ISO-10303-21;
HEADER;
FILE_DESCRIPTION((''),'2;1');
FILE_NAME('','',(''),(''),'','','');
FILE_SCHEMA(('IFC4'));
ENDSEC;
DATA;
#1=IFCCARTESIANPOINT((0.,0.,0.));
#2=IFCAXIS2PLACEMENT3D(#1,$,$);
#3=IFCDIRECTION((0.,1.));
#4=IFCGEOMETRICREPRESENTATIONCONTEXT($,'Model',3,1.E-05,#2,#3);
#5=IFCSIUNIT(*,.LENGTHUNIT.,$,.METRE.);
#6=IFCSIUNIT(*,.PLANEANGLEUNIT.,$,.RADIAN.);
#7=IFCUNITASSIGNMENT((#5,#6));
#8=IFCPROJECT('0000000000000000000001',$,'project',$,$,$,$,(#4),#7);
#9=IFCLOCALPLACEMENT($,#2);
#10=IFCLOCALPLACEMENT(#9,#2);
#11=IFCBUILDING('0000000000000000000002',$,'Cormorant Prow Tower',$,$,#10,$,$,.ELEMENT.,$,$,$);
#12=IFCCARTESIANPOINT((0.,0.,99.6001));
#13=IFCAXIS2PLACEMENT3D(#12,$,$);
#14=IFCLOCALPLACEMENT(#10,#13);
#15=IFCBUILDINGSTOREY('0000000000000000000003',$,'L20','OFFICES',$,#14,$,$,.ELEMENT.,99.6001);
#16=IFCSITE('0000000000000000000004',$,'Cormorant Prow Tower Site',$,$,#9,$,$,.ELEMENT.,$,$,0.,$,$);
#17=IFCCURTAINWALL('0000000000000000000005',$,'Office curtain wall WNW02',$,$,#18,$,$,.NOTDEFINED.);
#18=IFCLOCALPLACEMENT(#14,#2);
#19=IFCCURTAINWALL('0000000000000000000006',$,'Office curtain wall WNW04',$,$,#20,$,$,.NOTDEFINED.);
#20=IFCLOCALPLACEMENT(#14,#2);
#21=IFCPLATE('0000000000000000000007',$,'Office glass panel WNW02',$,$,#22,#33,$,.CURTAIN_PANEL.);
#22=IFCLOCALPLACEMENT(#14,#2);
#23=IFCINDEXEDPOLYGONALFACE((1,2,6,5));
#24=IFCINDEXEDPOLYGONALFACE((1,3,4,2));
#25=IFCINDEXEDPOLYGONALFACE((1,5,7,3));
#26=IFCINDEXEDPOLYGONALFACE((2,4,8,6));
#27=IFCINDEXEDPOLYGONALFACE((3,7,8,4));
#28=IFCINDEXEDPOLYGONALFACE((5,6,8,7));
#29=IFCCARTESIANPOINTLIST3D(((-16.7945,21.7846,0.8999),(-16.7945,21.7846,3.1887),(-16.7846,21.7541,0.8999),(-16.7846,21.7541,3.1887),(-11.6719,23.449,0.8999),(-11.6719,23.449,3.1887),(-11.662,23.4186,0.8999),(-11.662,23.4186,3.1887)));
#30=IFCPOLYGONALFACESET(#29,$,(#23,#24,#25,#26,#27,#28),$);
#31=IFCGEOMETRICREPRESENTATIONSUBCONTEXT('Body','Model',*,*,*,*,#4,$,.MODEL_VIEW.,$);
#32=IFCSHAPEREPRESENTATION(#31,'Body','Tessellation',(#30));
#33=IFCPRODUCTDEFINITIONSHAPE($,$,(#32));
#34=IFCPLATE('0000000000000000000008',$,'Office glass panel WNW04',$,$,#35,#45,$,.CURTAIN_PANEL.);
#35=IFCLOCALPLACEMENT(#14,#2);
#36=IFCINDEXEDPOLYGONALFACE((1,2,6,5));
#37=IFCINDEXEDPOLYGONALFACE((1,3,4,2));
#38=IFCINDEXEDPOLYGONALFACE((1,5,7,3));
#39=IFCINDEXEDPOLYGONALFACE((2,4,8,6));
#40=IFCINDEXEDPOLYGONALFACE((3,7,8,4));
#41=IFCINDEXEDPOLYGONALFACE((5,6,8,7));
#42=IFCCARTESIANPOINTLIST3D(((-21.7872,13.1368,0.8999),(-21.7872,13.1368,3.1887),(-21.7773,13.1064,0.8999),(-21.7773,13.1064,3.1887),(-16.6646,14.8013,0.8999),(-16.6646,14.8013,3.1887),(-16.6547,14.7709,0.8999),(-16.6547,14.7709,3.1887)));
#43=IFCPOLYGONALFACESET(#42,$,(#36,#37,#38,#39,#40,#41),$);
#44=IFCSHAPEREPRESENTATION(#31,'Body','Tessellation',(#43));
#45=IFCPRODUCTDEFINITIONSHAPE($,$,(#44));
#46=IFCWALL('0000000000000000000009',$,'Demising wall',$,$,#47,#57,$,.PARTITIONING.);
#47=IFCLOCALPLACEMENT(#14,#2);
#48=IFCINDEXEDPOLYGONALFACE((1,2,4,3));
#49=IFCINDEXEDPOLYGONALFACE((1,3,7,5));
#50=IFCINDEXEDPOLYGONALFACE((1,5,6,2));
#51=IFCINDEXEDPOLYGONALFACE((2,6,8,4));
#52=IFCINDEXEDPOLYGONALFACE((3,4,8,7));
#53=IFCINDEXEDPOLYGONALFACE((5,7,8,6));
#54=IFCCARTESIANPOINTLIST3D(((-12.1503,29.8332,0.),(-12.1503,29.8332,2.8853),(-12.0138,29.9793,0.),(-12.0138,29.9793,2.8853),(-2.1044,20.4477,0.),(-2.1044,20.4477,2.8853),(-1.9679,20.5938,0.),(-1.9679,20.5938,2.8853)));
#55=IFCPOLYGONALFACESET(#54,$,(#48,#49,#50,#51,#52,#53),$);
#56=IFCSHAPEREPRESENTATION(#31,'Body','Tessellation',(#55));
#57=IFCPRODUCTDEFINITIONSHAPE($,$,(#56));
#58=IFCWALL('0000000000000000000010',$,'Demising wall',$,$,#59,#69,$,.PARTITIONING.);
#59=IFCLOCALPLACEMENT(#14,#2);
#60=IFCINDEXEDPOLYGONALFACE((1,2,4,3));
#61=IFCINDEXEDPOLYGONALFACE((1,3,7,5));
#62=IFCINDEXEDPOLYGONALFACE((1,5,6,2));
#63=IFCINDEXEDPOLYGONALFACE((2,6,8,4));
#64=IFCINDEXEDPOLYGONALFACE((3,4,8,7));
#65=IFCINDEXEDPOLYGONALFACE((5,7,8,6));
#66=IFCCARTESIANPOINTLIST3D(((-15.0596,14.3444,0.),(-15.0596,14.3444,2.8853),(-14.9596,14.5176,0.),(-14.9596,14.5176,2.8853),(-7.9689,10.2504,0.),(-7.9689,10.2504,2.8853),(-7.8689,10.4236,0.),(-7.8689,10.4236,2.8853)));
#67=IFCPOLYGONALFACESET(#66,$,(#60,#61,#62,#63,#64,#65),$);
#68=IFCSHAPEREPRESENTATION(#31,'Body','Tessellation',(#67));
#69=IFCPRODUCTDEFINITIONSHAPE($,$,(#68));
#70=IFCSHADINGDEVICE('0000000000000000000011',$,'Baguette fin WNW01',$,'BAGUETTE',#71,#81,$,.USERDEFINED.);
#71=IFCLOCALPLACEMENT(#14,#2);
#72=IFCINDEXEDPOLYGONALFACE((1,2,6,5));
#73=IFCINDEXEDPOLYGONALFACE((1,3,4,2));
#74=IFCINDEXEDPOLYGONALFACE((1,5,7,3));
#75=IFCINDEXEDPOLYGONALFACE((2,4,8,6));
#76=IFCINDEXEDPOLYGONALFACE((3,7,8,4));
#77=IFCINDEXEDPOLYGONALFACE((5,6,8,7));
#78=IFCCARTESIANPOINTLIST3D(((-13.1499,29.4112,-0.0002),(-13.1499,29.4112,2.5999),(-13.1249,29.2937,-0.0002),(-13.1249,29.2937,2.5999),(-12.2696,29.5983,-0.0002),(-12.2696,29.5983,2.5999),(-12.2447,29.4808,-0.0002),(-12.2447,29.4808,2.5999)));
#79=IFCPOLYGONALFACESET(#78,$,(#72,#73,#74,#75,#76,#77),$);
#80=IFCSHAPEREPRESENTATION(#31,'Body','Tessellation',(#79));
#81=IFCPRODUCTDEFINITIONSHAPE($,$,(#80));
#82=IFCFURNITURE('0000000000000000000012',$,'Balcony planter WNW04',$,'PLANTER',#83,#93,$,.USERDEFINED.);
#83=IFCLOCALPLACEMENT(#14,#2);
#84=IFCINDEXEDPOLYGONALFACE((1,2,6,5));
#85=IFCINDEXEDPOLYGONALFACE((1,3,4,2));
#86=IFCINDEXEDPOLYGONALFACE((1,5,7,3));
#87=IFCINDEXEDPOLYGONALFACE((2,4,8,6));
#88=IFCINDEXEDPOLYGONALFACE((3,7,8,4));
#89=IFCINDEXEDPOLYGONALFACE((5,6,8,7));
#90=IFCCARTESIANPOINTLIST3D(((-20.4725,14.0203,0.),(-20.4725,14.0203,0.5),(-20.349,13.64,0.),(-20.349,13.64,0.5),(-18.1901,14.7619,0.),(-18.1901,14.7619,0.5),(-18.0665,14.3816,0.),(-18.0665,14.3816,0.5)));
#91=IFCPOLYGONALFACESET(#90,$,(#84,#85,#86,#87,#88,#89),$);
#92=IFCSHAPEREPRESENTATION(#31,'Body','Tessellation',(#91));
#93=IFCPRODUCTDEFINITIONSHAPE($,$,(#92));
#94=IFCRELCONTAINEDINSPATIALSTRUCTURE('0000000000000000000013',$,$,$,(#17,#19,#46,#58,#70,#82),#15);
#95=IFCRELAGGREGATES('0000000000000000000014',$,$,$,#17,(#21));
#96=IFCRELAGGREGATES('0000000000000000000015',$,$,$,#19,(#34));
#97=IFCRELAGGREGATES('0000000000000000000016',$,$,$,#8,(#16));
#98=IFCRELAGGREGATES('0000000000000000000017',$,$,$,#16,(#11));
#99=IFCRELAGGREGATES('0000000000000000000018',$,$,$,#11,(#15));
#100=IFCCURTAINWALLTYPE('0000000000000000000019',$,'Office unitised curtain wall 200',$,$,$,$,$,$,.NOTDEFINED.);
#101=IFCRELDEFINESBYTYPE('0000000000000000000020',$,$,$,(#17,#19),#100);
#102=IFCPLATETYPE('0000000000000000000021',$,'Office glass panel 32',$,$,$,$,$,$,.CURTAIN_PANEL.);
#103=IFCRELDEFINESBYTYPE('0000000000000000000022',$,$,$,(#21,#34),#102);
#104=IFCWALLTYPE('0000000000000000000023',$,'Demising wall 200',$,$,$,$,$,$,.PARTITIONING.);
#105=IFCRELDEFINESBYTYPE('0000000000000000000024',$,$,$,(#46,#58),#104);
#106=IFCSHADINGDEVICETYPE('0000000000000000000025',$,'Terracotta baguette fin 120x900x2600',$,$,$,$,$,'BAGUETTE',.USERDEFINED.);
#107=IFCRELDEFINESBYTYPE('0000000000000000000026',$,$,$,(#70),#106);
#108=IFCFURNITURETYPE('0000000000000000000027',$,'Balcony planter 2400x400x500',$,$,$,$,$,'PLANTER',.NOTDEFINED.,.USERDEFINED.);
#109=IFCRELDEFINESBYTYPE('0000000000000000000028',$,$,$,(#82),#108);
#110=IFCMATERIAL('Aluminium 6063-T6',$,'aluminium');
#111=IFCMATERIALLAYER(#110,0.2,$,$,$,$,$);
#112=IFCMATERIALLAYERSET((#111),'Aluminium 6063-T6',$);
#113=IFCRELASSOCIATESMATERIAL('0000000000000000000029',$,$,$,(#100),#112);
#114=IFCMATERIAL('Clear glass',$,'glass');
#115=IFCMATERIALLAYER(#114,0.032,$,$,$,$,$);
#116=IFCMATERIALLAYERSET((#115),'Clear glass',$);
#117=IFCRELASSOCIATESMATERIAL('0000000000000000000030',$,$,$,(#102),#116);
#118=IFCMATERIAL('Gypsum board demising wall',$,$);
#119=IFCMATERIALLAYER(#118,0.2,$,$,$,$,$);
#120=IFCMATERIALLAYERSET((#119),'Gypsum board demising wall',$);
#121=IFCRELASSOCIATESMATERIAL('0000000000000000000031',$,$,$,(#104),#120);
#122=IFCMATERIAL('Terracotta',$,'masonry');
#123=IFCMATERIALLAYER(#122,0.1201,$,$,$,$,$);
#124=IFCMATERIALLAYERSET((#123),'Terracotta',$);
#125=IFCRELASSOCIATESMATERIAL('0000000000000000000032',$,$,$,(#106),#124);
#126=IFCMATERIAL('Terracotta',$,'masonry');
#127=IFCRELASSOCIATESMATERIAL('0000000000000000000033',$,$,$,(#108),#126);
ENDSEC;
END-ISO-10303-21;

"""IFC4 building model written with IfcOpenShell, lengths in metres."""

from ifc_helpers import new_model, si_unit, direction, frame, frame_2d, origin, origin_2d, place, context, subcontext, project, spatial, rectangle, extrude, material, layer, layer_set, type_object, element, aggregate, save


model = new_model("IFC4")

# Units and contexts
model_context = context("Model", 3, precision=1e-05, world=origin(), true_north=direction((0.0, 1.0)))
body_context = subcontext(model_context, "Body", "Model", "MODEL_VIEW")
ifc_project = project(units=[si_unit("LENGTHUNIT", "METRE"), si_unit("PLANEANGLEUNIT", "RADIAN")], contexts=[model_context])

# Site, building, storey
site_placement = place(None, origin())
site = spatial("IfcSite", under=ifc_project, at=site_placement, Name="Cormorant Prow Tower Site", CompositionType="ELEMENT", RefElevation=0.0)
building_placement = place(site_placement, origin())
building = spatial("IfcBuilding", under=site, at=building_placement, Name="Cormorant Prow Tower", CompositionType="ELEMENT")
storey_placement = place(building_placement, frame((0.0, 0.0, 99.6001)))
storey = spatial("IfcBuildingStorey", under=building, at=storey_placement, Name="L20", Description="OFFICES", CompositionType="ELEMENT", Elevation=99.6001)

# Curtain walls
ifc_material_1 = material(Name="Aluminium 6063-T6", Category="aluminium")
ifc_layer_1 = layer(ifc_material_1, 0.2)
ifc_layer_set_1 = layer_set([ifc_layer_1], Name="Aluminium 6063-T6")
curtain_wall_type = type_object("IfcCurtainWallType", Name="Office unitised curtain wall 200", PredefinedType="NOTDEFINED", material=ifc_layer_set_1)
curtain_wall_1_placement = place(storey_placement, origin())
curtain_wall_1 = element("IfcCurtainWall", 1, at=curtain_wall_1_placement, inside=storey, type_object=curtain_wall_type, Name="Office curtain wall WNW02", PredefinedType="NOTDEFINED")
curtain_wall_2_placement = place(storey_placement, origin())
curtain_wall_2 = element("IfcCurtainWall", 2, at=curtain_wall_2_placement, inside=storey, type_object=curtain_wall_type, Name="Office curtain wall WNW04", PredefinedType="NOTDEFINED")

# Plates
ifc_material_2 = material(Name="Clear glass", Category="glass")
ifc_layer_2 = layer(ifc_material_2, 0.032)
ifc_layer_set_2 = layer_set([ifc_layer_2], Name="Clear glass")
plate_type = type_object("IfcPlateType", Name="Office glass panel 32", PredefinedType="CURTAIN_PANEL", material=ifc_layer_set_2)
plate_1_placement = place(storey_placement, frame((-14.2283, 22.6016, 0.8999), z_axis=(0.0, 0.0, 1.0), x_axis=(-0.951057, -0.309017, 0.0)))
plate_1 = element("IfcPlate", 3, at=plate_1_placement, type_object=plate_type, Name="Office glass panel WNW02", PredefinedType="CURTAIN_PANEL", context=body_context, shape_type="SweptSolid", body=[
    extrude(rectangle(XDim=5.3862, YDim=0.032, at=origin_2d()), origin(), (0.0, 0.0, 1.0), 2.2888),
])
aggregate(curtain_wall_1, [plate_1])
plate_2_placement = place(storey_placement, frame((-19.2209, 13.9539, 0.8999), z_axis=(0.0, 0.0, 1.0), x_axis=(-0.951057, -0.309017, 0.0)))
plate_2 = element("IfcPlate", 4, at=plate_2_placement, type_object=plate_type, Name="Office glass panel WNW04", PredefinedType="CURTAIN_PANEL", context=body_context, shape_type="SweptSolid", body=[
    extrude(rectangle(XDim=5.3862, YDim=0.032, at=origin_2d()), origin(), (0.0, 0.0, 1.0), 2.2888),
])
aggregate(curtain_wall_2, [plate_2])

# Walls
ifc_material_3 = material(Name="Gypsum board demising wall")
ifc_layer_3 = layer(ifc_material_3, 0.2)
ifc_layer_set_3 = layer_set([ifc_layer_3], Name="Gypsum board demising wall")
wall_type_1 = type_object("IfcWallType", Name="Demising wall 200", PredefinedType="PARTITIONING", material=ifc_layer_set_3)
wall_1_placement = place(storey_placement, frame((-12.082, 29.9062, 0.0), z_axis=(0.0, 0.0, 1.0), x_axis=(0.730717, -0.682681, 0.0)))
element("IfcWall", 5, at=wall_1_placement, inside=storey, type_object=wall_type_1, Name="Demising wall", PredefinedType="PARTITIONING", context=body_context, shape_type="SweptSolid", body=[
    extrude(rectangle(XDim=13.748, YDim=0.2, at=frame_2d((6.874, 0.0))), origin(), (0.0, 0.0, 1.0), 2.8853),
])
wall_2_placement = place(storey_placement, frame((-15.0095, 14.4309, 0.0), z_axis=(0.0, 0.0, 1.0), x_axis=(0.86602, -0.50001, 0.0)))
element("IfcWall", 6, at=wall_2_placement, inside=storey, type_object=wall_type_1, Name="Demising wall", PredefinedType="PARTITIONING", context=body_context, shape_type="SweptSolid", body=[
    extrude(rectangle(XDim=8.1877, YDim=0.2, at=frame_2d((4.0938, 0.0))), origin(), (0.0, 0.0, 1.0), 2.8853),
])

# Shading device
ifc_material_4 = material(Name="Terracotta", Category="masonry")
ifc_layer_4 = layer(ifc_material_4, 0.1201)
ifc_layer_set_4 = layer_set([ifc_layer_4], Name="Terracotta")
shading_device_type = type_object("IfcShadingDeviceType", Name="Terracotta baguette fin 120x900x2600", ElementType="BAGUETTE", PredefinedType="USERDEFINED", material=ifc_layer_set_4)
shading_device_placement = place(storey_placement, frame((-12.6973, 29.446, -0.0002), z_axis=(0.0, 0.0, 1.0), x_axis=(0.207912, -0.978148, 0.0)))
element("IfcShadingDevice", 7, at=shading_device_placement, inside=storey, type_object=shading_device_type, Name="Baguette fin WNW01", ObjectType="BAGUETTE", PredefinedType="USERDEFINED", context=body_context, shape_type="SweptSolid", body=[
    extrude(rectangle(XDim=0.1201, YDim=0.8999, at=origin_2d()), origin(), (0.0, 0.0, 1.0), 2.6001),
])

# Furniture
ifc_material_5 = material(Name="Terracotta", Category="masonry")
furniture_type = type_object("IfcFurnitureType", Name="Balcony planter 2400x400x500", ElementType="PLANTER", AssemblyPlace="NOTDEFINED", PredefinedType="USERDEFINED", material=ifc_material_5)
furniture_placement = place(storey_placement, frame((-19.2695, 14.2009, 0.0), z_axis=(0.0, 0.0, 1.0), x_axis=(-0.951057, -0.309017, 0.0)))
element("IfcFurniture", 8, at=furniture_placement, inside=storey, type_object=furniture_type, Name="Balcony planter WNW04", ObjectType="PLANTER", PredefinedType="USERDEFINED", context=body_context, shape_type="SweptSolid", body=[
    extrude(rectangle(XDim=2.3999, YDim=0.3999, at=origin_2d()), origin(), (0.0, 0.0, 1.0), 0.5),
])

save(model, "model.ifc")
